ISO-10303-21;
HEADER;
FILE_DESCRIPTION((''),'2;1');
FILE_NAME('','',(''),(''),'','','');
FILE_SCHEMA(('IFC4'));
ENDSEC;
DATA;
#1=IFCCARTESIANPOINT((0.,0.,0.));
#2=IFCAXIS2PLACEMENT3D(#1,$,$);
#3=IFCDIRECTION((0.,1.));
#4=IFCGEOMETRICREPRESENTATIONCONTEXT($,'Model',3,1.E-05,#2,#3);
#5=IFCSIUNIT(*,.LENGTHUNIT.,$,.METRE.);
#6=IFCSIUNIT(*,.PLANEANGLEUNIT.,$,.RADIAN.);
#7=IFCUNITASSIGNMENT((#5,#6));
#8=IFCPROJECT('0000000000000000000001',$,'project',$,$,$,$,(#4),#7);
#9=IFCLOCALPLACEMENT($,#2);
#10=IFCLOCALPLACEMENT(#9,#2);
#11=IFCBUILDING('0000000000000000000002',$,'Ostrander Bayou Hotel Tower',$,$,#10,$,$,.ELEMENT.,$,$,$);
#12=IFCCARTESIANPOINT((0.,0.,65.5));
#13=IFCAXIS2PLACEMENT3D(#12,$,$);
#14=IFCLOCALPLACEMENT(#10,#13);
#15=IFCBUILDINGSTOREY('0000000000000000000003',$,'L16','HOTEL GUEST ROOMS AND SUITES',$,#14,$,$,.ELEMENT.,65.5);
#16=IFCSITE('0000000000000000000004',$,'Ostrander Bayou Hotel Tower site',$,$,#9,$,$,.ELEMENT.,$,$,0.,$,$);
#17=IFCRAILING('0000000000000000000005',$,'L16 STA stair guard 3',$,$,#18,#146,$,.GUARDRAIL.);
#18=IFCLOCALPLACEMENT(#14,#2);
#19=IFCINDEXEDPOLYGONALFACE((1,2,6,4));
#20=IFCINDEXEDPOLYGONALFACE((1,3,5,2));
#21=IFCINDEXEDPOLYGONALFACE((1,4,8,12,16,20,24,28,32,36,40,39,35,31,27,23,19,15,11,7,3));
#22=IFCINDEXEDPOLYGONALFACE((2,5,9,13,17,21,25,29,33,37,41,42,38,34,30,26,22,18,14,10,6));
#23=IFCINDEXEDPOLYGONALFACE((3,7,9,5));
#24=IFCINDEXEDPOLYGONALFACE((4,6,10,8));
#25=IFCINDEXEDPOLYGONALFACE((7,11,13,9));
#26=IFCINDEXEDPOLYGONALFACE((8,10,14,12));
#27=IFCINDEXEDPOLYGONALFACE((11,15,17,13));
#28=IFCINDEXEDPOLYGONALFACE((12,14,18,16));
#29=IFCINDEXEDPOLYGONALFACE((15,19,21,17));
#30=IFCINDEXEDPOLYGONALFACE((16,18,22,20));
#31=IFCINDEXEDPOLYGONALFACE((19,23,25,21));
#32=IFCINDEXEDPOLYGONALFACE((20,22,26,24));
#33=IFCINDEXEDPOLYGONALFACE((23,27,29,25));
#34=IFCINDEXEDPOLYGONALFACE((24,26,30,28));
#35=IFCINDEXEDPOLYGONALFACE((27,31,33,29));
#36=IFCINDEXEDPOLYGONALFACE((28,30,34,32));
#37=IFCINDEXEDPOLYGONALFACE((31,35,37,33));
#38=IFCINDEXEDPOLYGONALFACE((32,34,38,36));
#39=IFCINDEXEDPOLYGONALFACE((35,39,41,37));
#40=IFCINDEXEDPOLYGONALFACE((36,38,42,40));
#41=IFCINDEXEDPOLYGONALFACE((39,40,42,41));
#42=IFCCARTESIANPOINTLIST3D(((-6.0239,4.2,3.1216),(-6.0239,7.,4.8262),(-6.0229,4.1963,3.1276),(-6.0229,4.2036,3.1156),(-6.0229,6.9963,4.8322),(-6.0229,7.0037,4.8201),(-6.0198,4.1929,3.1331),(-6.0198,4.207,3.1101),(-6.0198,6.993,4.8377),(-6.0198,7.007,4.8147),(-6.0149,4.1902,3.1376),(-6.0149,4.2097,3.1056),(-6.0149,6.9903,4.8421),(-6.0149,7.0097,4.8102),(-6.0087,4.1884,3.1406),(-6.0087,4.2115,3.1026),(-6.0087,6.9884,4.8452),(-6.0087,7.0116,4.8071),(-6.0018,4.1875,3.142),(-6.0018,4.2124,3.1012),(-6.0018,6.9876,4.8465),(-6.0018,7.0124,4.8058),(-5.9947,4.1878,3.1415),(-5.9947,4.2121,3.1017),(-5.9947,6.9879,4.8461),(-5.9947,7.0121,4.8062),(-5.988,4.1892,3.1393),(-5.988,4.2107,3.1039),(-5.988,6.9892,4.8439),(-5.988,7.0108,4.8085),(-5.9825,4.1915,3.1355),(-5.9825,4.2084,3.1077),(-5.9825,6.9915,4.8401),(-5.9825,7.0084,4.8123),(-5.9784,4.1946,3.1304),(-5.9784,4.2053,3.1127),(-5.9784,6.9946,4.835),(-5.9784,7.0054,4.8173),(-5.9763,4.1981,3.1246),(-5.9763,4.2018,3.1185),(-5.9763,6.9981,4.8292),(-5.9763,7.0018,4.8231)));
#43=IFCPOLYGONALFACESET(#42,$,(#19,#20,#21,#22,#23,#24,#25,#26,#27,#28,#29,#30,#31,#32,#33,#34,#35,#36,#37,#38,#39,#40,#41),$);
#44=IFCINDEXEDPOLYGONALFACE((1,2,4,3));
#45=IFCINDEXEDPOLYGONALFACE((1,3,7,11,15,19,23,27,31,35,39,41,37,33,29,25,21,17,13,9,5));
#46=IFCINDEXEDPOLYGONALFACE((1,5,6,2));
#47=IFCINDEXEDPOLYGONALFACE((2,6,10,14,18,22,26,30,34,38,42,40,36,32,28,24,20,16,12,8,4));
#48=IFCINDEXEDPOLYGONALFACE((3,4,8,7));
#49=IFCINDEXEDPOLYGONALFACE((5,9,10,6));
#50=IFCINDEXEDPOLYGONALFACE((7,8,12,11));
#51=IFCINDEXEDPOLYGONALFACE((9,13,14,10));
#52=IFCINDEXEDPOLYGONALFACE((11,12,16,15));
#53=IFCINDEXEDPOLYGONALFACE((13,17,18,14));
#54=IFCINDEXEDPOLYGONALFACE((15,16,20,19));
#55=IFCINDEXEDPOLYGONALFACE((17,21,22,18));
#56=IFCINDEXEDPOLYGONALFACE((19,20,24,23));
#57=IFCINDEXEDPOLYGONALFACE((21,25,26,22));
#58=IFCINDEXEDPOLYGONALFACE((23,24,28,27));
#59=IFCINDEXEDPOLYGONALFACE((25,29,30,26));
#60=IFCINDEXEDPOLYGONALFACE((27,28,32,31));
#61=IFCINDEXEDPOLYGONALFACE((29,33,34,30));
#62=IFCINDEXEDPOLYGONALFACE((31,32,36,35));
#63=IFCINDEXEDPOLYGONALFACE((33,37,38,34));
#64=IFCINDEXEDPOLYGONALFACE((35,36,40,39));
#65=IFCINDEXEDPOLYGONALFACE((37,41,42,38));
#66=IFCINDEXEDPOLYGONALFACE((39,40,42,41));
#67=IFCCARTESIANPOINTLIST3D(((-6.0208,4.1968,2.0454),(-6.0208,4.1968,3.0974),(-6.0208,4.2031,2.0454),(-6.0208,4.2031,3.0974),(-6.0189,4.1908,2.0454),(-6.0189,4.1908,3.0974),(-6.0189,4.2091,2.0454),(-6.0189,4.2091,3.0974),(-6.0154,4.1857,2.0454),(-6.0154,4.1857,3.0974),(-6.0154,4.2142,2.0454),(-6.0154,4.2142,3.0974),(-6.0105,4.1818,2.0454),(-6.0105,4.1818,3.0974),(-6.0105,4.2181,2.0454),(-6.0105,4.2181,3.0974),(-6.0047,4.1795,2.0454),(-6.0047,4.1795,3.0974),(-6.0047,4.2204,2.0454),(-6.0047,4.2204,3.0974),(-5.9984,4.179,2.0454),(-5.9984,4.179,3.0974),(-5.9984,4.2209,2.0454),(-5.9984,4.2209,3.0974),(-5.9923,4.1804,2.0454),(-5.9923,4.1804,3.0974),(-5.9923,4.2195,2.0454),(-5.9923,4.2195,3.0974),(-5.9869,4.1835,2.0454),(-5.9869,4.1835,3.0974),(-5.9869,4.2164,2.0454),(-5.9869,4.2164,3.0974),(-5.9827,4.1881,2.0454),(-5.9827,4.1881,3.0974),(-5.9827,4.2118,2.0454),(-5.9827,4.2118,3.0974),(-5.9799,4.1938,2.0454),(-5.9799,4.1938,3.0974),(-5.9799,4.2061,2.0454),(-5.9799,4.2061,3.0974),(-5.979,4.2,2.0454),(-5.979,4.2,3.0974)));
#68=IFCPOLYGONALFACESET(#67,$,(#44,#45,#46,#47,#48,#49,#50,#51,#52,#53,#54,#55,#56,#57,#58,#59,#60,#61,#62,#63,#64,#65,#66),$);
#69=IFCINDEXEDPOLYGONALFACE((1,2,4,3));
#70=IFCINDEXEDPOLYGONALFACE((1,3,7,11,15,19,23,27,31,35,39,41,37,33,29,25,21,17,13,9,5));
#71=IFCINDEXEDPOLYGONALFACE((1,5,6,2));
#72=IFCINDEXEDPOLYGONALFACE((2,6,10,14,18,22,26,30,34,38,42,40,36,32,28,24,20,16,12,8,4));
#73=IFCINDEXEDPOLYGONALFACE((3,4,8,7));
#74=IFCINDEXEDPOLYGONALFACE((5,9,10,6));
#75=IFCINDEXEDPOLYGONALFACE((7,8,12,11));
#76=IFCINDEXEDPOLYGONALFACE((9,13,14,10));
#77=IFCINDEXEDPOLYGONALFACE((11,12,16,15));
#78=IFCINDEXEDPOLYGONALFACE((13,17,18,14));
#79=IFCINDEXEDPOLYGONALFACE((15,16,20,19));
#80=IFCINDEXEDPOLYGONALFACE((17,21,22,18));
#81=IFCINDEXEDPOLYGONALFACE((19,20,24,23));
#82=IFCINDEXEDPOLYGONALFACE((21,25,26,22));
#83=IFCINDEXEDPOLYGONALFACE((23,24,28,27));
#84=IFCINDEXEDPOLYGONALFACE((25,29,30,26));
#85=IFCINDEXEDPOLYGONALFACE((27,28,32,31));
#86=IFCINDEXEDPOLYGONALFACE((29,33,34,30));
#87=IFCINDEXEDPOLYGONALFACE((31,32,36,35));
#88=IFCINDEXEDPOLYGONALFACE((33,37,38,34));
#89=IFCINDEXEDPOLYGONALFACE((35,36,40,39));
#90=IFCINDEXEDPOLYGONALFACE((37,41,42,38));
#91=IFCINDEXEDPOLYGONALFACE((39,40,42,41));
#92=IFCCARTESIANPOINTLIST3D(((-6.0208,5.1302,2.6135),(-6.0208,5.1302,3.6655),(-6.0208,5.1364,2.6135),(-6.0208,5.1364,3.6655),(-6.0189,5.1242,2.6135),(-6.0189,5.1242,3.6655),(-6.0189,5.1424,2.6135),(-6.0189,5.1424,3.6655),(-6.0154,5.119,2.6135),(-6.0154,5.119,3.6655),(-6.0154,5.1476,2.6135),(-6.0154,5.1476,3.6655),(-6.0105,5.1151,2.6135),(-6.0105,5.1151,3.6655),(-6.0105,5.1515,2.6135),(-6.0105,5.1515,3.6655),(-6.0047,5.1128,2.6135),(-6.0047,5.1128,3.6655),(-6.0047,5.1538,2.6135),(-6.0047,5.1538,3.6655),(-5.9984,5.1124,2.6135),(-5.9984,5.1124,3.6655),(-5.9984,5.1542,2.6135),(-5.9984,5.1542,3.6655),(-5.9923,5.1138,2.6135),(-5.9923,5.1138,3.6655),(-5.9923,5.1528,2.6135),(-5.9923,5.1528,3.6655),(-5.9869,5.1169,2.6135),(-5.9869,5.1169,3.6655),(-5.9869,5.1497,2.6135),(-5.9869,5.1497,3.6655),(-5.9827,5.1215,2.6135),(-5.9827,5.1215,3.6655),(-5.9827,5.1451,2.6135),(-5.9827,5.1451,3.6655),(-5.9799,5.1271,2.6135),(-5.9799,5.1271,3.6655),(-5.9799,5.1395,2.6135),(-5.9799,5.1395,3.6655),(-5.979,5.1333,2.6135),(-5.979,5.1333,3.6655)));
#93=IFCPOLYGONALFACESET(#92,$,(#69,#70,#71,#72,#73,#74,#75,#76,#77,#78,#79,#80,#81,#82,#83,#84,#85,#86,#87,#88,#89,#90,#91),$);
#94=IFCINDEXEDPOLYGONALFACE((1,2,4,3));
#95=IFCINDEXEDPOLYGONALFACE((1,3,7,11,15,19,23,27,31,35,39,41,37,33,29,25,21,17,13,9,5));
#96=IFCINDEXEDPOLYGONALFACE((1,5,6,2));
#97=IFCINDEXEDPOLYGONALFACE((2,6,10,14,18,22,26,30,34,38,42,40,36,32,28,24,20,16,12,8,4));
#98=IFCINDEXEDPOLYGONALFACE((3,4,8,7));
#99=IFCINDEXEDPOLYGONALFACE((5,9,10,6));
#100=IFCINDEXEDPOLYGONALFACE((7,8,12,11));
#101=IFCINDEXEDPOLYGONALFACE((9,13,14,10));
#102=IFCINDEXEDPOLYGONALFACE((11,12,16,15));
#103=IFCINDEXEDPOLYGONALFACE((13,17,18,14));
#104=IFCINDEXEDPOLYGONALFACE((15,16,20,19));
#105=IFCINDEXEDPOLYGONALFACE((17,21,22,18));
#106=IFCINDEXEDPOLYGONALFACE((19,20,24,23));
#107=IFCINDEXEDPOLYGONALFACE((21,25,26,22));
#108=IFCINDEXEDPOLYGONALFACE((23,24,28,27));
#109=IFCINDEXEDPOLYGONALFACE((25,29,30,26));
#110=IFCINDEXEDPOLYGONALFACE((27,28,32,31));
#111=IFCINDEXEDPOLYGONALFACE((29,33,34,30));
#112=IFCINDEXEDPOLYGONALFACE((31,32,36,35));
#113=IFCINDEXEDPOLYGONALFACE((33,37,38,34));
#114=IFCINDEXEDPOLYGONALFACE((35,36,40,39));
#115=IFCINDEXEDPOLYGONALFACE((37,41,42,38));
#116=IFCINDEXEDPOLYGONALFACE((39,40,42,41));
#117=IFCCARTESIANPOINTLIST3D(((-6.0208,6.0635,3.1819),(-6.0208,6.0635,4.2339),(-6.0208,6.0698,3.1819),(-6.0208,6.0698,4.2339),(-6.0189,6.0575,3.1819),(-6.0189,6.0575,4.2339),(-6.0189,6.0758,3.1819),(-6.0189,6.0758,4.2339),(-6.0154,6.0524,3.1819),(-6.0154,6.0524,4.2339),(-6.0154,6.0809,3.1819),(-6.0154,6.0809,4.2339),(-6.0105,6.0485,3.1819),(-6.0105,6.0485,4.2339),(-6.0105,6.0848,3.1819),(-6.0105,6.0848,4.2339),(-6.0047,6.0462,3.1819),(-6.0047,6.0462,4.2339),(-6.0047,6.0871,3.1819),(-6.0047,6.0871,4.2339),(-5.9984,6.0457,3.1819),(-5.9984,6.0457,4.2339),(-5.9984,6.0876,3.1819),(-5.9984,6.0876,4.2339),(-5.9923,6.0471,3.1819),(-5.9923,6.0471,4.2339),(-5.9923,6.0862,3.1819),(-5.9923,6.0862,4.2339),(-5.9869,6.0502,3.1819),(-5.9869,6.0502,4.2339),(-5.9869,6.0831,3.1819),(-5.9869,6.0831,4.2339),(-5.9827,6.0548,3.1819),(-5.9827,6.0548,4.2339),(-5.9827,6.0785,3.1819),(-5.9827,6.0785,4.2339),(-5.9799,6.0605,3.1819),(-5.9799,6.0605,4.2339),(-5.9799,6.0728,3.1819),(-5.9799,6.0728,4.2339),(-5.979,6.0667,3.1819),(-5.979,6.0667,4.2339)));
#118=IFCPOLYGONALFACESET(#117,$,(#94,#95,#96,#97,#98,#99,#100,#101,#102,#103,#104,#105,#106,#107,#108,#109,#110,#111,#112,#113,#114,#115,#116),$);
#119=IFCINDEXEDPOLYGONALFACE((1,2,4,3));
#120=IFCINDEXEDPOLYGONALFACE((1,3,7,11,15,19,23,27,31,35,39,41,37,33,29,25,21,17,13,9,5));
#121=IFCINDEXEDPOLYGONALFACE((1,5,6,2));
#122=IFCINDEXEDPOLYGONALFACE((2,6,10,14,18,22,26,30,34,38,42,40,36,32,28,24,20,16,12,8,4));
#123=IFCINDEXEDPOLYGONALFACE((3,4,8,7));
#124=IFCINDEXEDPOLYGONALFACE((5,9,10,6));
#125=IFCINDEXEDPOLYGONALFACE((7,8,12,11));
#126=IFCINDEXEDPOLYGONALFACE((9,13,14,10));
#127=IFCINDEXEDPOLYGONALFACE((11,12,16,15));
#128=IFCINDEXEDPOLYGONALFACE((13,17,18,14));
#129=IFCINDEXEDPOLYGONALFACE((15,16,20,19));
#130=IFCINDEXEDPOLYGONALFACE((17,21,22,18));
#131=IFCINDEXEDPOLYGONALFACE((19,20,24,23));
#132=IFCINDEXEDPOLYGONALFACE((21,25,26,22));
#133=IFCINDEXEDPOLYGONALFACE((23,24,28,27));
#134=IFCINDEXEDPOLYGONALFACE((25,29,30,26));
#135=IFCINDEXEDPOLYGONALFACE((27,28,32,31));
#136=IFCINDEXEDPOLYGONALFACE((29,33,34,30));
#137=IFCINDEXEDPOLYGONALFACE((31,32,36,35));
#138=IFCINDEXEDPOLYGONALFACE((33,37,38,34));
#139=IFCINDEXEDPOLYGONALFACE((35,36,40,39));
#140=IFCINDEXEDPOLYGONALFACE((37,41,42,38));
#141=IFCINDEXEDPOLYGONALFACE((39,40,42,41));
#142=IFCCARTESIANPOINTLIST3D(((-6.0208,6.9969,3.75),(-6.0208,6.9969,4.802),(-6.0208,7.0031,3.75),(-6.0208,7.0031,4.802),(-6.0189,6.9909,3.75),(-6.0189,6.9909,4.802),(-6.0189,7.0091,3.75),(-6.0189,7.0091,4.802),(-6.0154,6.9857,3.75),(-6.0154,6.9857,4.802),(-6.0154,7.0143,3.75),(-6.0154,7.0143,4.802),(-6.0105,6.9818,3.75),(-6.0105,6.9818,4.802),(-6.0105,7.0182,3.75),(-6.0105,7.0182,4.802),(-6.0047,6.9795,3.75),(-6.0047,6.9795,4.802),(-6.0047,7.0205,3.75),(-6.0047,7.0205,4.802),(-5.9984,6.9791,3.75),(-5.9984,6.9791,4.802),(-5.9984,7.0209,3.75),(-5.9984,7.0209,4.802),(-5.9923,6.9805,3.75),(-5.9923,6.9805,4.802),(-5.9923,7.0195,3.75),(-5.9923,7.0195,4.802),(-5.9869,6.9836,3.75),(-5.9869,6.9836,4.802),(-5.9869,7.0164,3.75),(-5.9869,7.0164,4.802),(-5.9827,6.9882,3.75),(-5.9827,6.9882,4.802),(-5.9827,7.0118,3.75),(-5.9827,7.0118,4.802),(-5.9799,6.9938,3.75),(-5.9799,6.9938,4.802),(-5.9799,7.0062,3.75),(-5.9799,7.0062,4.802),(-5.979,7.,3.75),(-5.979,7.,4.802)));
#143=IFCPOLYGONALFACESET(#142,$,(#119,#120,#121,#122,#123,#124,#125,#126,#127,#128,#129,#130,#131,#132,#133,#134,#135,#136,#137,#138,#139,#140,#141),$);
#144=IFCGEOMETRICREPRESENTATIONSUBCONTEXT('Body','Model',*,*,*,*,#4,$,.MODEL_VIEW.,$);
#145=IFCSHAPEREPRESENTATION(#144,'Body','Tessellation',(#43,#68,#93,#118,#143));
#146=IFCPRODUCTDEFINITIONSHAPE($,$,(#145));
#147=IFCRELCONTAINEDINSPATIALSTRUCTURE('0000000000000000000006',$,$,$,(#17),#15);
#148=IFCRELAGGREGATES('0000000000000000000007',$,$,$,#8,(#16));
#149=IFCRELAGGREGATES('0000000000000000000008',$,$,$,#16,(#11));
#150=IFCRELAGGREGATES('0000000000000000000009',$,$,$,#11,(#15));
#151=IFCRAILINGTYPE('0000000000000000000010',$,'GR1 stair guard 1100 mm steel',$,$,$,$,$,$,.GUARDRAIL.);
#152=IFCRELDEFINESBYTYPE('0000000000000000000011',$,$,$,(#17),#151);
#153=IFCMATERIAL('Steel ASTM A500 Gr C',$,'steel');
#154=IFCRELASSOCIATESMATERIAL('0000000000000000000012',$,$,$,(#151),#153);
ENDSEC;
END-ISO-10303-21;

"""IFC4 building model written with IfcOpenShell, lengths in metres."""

from ifc_helpers import new_model, si_unit, direction, frame, origin, origin_2d, place, context, subcontext, project, spatial, circle, extrude, material, type_object, element, save


model = new_model("IFC4")

# Units and contexts
model_context = context("Model", 3, precision=1e-05, world=origin(), true_north=direction((0.0, 1.0)))
body_context = subcontext(model_context, "Body", "Model", "MODEL_VIEW")
ifc_project = project(units=[si_unit("LENGTHUNIT", "METRE"), si_unit("PLANEANGLEUNIT", "RADIAN")], contexts=[model_context])

# Site, building, storey
site_placement = place(None, origin())
site = spatial("IfcSite", under=ifc_project, at=site_placement, Name="Ostrander Bayou Hotel Tower site", CompositionType="ELEMENT", RefElevation=0.0)
building_placement = place(site_placement, origin())
building = spatial("IfcBuilding", under=site, at=building_placement, Name="Ostrander Bayou Hotel Tower", CompositionType="ELEMENT")
storey_placement = place(building_placement, frame((0.0, 0.0, 65.5)))
storey = spatial("IfcBuildingStorey", under=building, at=storey_placement, Name="L16", Description="HOTEL GUEST ROOMS AND SUITES", CompositionType="ELEMENT", Elevation=65.5)

# Railing
ifc_material_1 = material(Name="Steel ASTM A500 Gr C", Category="steel")
railing_type_1 = type_object("IfcRailingType", Name="GR1 stair guard 1100 mm steel", PredefinedType="GUARDRAIL", material=ifc_material_1)
railing_1_placement = place(storey_placement, frame((-6.0, 4.2, 2.0454)))
element("IfcRailing", 1, at=railing_1_placement, inside=storey, type_object=railing_type_1, Name="L16 STA stair guard 3", PredefinedType="GUARDRAIL", context=body_context, shape_type="SweptSolid", body=[
    extrude(circle(Radius=0.0239, at=origin_2d()), frame((0.0, 0.0, 1.0762), z_axis=(0.0, 0.85417, 0.519994), x_axis=(-1.0, 0.0, 0.0)), (0.0, 0.0, 1.0), 3.2781),
    extrude(circle(Radius=0.021, at=origin_2d()), origin(), (0.0, 0.0, 1.0), 1.052),
    extrude(circle(Radius=0.021, at=origin_2d()), frame((0.0, 0.9333, 0.5681)), (0.0, 0.0, 1.0), 1.052),
    extrude(circle(Radius=0.021, at=origin_2d()), frame((0.0, 1.8667, 1.1365)), (0.0, 0.0, 1.0), 1.052),
    extrude(circle(Radius=0.021, at=origin_2d()), frame((0.0, 2.8, 1.7046)), (0.0, 0.0, 1.0), 1.052),
])

save(model, "model.ifc")
